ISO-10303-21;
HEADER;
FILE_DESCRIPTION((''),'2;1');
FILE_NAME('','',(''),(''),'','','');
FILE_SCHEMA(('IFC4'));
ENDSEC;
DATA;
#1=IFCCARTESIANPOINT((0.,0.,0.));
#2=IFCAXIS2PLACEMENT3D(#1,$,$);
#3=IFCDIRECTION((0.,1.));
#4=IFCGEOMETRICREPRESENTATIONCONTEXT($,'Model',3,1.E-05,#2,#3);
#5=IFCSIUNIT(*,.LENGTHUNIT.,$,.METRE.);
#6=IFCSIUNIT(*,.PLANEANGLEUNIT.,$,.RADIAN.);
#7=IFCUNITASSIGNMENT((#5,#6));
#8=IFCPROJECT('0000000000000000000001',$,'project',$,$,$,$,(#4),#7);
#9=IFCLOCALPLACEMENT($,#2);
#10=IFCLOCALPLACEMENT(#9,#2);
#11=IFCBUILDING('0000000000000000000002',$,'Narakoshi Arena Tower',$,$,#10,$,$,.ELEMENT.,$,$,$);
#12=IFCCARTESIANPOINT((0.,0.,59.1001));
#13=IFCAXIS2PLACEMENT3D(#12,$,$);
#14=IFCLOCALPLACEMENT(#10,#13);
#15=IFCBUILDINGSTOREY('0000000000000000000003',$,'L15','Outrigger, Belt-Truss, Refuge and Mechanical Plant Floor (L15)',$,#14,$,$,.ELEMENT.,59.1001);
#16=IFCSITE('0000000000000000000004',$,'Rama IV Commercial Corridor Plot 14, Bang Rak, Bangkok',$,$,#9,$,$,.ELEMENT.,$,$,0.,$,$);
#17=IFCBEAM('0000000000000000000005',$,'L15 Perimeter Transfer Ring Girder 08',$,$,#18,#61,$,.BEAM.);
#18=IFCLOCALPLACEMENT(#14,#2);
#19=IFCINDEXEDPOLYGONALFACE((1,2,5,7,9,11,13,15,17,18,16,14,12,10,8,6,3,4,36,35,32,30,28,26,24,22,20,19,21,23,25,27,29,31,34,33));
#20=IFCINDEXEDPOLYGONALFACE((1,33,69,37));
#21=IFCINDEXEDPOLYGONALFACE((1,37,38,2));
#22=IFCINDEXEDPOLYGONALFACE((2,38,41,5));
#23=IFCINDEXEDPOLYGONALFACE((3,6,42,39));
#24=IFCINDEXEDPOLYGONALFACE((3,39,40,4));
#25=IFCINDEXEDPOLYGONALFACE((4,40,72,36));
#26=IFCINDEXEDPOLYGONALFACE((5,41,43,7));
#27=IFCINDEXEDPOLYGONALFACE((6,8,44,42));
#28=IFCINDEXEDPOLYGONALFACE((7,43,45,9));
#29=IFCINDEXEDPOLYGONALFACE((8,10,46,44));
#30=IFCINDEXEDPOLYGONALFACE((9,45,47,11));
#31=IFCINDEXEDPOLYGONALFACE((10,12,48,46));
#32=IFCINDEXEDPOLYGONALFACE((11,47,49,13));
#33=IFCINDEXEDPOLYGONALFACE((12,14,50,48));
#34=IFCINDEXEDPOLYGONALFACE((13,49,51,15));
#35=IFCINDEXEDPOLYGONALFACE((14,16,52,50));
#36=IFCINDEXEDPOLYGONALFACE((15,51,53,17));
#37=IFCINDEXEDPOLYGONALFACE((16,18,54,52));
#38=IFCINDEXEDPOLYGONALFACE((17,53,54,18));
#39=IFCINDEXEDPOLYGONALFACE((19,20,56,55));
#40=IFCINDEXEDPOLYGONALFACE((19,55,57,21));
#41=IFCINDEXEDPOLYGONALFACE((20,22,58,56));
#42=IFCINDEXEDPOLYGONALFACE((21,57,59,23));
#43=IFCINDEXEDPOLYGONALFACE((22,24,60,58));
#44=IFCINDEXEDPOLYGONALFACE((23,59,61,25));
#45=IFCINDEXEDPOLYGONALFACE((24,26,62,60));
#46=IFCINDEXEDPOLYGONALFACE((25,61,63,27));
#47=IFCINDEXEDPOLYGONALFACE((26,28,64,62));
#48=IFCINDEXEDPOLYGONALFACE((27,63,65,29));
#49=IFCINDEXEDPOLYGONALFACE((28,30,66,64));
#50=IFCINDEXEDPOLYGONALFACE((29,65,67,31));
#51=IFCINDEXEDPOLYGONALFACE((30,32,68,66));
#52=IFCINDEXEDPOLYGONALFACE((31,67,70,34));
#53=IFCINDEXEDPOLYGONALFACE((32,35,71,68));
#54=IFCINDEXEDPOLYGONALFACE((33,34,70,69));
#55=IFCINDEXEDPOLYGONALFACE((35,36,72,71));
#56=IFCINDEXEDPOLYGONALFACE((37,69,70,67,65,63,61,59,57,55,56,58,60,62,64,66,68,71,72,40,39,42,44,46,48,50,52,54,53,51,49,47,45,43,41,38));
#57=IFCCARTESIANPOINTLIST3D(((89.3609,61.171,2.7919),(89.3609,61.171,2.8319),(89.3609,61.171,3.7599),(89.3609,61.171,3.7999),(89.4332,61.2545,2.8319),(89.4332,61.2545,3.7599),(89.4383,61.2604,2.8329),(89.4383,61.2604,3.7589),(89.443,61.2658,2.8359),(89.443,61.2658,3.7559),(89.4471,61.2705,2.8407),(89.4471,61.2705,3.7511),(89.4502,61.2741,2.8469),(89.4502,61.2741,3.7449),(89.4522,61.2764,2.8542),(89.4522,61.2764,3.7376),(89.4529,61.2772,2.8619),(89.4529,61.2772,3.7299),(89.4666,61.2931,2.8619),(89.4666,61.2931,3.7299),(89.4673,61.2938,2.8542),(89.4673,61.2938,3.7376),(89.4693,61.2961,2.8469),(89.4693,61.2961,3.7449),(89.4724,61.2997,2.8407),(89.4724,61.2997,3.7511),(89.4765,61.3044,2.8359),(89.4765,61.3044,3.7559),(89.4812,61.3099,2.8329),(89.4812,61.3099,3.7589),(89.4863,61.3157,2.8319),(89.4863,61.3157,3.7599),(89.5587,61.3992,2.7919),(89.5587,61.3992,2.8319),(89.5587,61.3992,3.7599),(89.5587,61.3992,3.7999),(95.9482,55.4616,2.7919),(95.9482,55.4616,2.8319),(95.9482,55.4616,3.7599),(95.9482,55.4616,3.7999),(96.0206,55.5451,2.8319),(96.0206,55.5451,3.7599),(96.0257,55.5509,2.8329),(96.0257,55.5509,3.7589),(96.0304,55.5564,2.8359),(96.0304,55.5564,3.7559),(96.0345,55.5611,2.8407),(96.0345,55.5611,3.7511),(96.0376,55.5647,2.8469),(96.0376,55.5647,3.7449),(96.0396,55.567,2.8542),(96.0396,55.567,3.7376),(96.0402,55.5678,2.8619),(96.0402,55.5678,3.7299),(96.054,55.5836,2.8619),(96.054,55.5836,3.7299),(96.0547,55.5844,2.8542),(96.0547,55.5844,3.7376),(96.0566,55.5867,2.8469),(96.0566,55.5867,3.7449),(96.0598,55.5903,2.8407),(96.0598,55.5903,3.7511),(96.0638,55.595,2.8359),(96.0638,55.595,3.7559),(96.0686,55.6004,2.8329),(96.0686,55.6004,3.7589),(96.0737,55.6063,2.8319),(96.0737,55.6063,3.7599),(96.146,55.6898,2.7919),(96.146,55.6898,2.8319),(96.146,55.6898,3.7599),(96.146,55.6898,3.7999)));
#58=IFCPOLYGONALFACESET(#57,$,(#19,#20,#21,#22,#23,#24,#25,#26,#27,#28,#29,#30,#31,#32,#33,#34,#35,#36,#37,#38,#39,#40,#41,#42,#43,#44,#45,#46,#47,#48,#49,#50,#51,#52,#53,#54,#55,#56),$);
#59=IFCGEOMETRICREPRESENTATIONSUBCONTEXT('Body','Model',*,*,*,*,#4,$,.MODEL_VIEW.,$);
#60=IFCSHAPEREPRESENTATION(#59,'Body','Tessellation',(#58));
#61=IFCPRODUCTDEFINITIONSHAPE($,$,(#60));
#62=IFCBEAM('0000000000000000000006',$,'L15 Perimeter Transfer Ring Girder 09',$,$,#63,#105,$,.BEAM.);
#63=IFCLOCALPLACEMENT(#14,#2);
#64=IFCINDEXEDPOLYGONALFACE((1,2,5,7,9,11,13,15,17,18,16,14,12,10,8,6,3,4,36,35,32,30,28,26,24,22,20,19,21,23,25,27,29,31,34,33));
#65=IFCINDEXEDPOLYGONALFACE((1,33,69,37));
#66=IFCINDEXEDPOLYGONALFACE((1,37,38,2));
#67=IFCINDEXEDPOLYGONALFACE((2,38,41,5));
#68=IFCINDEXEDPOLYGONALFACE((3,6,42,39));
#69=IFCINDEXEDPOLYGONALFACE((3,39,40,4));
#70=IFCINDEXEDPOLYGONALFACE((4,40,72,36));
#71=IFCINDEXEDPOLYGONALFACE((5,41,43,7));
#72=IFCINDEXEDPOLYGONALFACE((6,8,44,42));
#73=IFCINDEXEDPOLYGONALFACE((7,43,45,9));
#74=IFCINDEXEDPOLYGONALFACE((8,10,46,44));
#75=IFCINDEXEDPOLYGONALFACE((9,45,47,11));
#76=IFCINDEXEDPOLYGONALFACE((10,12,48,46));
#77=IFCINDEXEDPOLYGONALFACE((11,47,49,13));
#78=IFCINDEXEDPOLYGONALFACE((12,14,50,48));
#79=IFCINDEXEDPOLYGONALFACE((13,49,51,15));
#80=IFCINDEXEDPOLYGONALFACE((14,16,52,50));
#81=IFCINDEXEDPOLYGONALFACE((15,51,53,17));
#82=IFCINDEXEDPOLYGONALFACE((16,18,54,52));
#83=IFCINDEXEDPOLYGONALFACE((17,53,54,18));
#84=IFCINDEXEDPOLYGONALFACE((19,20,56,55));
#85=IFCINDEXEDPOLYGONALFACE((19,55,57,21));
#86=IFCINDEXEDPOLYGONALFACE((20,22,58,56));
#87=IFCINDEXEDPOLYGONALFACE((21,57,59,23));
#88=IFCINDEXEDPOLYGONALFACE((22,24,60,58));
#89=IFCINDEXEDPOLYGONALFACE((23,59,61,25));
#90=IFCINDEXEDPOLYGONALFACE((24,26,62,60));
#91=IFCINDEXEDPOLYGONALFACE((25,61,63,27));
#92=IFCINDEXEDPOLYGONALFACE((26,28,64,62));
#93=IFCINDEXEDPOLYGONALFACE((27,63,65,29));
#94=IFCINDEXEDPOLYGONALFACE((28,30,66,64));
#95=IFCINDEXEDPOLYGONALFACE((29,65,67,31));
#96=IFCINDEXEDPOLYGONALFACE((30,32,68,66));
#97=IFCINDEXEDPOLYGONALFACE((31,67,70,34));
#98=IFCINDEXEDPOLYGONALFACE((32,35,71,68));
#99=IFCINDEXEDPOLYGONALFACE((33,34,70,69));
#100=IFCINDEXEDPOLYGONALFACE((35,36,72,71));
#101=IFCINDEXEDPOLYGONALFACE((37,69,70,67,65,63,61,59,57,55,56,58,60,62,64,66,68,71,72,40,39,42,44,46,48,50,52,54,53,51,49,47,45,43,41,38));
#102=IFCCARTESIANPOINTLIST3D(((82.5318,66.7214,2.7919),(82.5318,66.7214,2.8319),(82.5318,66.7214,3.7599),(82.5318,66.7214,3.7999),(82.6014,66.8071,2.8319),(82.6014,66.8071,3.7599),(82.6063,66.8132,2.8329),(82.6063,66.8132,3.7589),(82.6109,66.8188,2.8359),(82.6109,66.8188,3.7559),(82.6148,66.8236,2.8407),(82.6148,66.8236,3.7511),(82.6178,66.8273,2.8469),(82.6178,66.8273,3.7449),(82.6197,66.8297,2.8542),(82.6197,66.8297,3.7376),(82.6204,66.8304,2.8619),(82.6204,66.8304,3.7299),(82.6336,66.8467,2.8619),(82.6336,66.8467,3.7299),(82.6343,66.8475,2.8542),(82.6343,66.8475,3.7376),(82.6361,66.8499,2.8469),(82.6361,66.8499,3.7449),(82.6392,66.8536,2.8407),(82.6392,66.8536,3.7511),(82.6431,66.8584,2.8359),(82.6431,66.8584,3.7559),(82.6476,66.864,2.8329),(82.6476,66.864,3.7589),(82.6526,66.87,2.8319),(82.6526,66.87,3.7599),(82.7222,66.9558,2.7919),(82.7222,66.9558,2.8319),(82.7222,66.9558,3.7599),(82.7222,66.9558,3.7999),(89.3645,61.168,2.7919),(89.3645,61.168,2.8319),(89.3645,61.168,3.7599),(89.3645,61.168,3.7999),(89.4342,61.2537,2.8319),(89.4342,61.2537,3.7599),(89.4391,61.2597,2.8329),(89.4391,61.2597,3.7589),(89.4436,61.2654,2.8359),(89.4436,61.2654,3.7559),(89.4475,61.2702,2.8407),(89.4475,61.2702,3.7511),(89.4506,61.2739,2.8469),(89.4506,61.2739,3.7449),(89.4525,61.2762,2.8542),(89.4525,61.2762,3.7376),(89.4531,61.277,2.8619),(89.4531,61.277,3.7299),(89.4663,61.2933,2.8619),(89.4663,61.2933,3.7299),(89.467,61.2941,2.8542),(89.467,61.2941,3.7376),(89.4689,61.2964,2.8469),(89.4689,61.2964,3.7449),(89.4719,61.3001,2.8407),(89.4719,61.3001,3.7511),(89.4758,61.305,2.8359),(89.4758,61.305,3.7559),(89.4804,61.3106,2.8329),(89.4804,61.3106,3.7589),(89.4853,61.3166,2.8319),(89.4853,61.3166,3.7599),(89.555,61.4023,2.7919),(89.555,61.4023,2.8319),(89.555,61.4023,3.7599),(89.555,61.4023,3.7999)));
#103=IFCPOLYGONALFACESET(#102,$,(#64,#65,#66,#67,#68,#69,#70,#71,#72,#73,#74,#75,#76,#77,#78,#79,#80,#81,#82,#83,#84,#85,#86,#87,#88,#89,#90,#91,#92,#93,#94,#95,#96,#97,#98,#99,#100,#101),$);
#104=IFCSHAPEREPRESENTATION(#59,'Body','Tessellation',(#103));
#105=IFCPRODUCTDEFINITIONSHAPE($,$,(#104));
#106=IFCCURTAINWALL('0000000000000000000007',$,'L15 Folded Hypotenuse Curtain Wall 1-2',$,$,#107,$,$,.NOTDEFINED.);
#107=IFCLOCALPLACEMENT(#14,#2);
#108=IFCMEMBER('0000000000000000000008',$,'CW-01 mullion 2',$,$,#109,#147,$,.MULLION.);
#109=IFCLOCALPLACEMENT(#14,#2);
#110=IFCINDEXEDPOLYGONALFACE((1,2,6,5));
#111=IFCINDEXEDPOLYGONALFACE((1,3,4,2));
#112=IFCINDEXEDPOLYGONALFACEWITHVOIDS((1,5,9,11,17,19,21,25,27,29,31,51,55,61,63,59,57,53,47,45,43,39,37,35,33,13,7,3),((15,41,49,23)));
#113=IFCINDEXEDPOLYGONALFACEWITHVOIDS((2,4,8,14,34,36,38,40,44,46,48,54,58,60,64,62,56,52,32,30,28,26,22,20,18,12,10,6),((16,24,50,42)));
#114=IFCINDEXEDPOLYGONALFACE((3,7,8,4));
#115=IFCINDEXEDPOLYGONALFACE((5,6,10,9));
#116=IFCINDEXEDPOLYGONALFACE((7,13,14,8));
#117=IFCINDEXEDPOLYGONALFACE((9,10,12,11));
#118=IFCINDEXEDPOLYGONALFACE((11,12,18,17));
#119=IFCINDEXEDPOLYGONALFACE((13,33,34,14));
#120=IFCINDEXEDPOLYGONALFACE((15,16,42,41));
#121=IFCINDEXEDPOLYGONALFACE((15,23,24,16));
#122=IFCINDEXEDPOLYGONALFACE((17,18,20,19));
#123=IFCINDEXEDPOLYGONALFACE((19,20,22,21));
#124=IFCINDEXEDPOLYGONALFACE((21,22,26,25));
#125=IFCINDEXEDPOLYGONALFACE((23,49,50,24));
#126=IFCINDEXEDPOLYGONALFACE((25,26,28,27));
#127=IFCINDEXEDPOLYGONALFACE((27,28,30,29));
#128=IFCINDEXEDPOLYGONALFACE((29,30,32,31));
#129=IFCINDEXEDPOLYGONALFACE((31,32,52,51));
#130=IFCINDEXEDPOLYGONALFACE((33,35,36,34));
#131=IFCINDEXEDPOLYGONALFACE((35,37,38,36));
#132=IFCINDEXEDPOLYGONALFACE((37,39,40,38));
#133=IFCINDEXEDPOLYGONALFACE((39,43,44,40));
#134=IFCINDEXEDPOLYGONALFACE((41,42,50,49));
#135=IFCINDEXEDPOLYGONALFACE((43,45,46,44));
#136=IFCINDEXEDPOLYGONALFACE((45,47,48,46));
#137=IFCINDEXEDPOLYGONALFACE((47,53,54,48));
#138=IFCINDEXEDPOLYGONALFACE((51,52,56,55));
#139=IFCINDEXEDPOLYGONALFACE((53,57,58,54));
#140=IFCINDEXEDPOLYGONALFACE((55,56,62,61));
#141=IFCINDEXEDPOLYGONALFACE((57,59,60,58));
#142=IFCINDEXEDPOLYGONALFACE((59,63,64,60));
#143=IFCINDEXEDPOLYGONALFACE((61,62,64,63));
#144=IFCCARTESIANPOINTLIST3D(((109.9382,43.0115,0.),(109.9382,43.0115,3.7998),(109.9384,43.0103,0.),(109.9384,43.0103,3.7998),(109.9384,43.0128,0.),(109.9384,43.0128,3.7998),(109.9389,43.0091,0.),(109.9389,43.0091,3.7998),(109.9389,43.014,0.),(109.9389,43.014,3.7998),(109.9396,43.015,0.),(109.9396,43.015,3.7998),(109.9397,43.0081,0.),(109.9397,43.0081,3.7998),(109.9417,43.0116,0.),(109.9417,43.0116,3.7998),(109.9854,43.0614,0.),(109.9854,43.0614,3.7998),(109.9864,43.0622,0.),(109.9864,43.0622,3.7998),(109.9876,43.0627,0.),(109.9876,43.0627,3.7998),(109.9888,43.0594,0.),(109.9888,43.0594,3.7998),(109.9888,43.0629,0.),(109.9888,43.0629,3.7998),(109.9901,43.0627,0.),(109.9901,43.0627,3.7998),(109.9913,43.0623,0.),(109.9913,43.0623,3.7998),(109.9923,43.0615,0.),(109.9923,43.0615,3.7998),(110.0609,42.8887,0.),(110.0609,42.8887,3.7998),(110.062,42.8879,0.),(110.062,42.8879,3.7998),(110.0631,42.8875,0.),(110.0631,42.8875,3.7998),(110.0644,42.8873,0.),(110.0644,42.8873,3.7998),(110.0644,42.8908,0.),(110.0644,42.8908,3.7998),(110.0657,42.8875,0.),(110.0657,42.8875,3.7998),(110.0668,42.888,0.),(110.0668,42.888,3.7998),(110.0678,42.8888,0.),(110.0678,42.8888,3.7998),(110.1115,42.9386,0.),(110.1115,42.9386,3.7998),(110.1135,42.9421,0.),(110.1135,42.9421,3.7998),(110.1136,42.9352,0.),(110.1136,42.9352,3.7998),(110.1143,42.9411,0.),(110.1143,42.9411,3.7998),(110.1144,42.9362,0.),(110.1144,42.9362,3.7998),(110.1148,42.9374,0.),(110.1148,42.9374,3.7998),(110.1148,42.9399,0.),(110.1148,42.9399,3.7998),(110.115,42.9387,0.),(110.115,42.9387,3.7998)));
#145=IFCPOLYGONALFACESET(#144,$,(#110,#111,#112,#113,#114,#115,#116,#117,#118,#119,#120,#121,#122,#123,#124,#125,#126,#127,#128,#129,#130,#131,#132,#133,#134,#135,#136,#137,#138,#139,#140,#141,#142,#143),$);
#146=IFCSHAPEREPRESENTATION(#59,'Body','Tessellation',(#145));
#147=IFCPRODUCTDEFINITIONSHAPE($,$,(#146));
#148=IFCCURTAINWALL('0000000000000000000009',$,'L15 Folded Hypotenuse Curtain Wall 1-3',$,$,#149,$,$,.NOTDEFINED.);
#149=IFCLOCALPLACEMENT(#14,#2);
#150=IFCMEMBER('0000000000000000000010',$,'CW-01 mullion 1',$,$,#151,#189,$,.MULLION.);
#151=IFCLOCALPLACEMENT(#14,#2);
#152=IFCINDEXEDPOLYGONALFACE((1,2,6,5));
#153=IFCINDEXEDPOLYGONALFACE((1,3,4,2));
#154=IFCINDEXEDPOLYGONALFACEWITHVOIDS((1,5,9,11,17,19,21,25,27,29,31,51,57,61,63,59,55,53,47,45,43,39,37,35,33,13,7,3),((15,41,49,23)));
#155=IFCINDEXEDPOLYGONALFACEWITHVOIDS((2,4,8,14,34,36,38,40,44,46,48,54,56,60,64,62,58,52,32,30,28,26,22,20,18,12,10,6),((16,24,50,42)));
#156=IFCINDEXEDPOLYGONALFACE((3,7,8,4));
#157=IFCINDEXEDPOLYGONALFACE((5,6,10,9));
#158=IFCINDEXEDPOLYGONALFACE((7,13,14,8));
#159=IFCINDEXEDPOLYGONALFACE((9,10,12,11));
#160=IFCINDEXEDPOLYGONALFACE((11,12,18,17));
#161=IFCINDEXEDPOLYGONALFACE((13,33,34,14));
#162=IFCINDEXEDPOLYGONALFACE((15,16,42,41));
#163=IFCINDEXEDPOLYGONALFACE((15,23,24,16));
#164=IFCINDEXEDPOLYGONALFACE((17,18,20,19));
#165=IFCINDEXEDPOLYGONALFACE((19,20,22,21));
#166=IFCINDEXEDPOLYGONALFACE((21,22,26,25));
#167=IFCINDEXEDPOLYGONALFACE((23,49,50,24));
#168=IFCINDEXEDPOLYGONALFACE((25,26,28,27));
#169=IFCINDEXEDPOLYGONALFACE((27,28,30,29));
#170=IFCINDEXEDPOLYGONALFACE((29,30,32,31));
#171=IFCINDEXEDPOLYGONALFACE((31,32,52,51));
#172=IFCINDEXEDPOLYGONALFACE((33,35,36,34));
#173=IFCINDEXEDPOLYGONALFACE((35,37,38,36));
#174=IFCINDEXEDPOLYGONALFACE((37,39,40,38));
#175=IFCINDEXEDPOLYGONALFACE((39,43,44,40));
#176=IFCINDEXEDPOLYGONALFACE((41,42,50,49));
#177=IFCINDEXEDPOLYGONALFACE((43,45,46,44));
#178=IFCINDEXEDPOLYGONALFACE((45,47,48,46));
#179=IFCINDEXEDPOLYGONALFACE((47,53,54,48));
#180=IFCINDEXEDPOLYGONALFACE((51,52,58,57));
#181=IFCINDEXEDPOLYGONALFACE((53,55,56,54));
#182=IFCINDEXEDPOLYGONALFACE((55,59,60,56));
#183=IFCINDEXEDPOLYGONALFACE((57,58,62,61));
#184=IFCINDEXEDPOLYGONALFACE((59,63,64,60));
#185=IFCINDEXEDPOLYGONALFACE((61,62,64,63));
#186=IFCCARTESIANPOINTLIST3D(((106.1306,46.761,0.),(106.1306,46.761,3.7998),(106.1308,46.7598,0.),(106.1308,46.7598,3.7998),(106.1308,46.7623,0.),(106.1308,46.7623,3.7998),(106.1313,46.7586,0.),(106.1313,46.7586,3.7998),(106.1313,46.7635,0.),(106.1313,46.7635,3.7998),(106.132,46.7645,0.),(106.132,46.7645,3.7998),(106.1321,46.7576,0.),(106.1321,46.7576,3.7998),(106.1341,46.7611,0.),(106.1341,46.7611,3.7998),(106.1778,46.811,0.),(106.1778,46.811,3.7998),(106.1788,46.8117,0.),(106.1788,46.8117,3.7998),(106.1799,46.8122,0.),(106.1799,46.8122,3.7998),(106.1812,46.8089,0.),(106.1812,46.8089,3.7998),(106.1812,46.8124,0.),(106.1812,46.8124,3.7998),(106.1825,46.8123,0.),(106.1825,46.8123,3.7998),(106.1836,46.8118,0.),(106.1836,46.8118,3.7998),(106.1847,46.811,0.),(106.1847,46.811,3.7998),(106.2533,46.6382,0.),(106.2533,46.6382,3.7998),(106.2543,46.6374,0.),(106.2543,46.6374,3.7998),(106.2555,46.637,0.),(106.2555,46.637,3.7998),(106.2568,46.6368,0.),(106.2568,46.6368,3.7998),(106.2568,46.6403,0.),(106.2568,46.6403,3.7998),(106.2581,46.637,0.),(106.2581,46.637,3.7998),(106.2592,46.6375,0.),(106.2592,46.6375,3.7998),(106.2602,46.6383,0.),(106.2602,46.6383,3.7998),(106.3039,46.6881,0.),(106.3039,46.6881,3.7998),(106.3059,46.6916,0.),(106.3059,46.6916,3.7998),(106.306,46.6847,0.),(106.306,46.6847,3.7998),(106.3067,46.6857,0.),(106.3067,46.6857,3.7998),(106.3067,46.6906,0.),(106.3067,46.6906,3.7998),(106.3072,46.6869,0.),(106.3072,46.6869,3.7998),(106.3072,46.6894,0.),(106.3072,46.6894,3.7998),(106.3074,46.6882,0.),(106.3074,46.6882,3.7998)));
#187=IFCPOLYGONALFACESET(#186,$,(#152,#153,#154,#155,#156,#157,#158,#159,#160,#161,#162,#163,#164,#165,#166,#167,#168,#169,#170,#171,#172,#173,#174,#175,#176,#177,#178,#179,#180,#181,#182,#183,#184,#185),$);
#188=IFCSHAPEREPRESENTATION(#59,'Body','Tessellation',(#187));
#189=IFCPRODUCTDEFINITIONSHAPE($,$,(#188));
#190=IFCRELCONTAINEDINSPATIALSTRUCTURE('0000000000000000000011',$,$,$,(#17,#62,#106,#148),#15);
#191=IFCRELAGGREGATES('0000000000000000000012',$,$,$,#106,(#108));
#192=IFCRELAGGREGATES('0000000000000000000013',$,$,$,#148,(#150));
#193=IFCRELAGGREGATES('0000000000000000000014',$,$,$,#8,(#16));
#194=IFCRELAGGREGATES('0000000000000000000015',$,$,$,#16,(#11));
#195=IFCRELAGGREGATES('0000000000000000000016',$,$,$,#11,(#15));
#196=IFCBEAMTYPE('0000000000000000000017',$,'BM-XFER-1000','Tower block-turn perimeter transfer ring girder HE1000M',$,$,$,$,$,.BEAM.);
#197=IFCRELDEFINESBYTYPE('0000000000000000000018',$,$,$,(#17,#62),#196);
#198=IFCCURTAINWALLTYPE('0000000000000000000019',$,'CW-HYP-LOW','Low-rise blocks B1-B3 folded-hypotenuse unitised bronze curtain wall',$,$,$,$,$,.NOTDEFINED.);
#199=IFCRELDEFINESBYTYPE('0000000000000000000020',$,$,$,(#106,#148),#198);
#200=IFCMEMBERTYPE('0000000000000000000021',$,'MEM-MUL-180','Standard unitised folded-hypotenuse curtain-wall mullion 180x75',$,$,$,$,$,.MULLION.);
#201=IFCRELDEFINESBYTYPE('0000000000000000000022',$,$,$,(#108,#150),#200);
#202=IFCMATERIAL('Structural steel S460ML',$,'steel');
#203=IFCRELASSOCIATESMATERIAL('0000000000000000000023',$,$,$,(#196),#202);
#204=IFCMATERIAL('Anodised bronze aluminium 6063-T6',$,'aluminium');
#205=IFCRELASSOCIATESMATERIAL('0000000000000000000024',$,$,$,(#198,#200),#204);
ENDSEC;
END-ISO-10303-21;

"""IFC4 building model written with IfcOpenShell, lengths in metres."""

from ifc_helpers import new_model, si_unit, direction, frame, origin, origin_2d, place, context, subcontext, project, spatial, hollow_rectangle, i_section, extrude, material, material_profile, profile_set, type_object, element, aggregate, save


model = new_model("IFC4")

# Units and contexts
model_context = context("Model", 3, precision=1e-05, world=origin(), true_north=direction((0.0, 1.0)))
body_context = subcontext(model_context, "Body", "Model", "MODEL_VIEW")
ifc_project = project(units=[si_unit("LENGTHUNIT", "METRE"), si_unit("PLANEANGLEUNIT", "RADIAN")], contexts=[model_context])

# Site, building, storey
site_placement = place(None, origin())
site = spatial("IfcSite", under=ifc_project, at=site_placement, Name="Rama IV Commercial Corridor Plot 14, Bang Rak, Bangkok", CompositionType="ELEMENT", RefElevation=0.0)
building_placement = place(site_placement, origin())
building = spatial("IfcBuilding", under=site, at=building_placement, Name="Narakoshi Arena Tower", CompositionType="ELEMENT")
storey_placement = place(building_placement, frame((0.0, 0.0, 59.1001)))
storey = spatial("IfcBuildingStorey", under=building, at=storey_placement, Name="L15", Description="Outrigger, Belt-Truss, Refuge and Mechanical Plant Floor (L15)", CompositionType="ELEMENT", Elevation=59.1001)

# Shared definitions
ifc_material_1 = material(Name="Structural steel S460ML", Category="steel")

# Beams
ifc_material_profile_1 = material_profile(ifc_material_1, i_section(OverallWidth=0.302, OverallDepth=1.0081, WebThickness=0.021, FlangeThickness=0.04, FilletRadius=0.03, at=origin_2d()), Name="HE1000M")
ifc_profile_set_1 = profile_set([ifc_material_profile_1], Name="Structural steel S460ML")
beam_type_1 = type_object("IfcBeamType", Name="BM-XFER-1000", Description="Tower block-turn perimeter transfer ring girder HE1000M", PredefinedType="BEAM", material=ifc_profile_set_1)
beam_1_placement = place(storey_placement, frame((96.0471, 55.5757, 3.2959), z_axis=(-0.755667, 0.654956, 0.0), x_axis=(-0.654956, -0.755667, 0.0)))
element("IfcBeam", 1, at=beam_1_placement, inside=storey, type_object=beam_type_1, Name="L15 Perimeter Transfer Ring Girder 08", PredefinedType="BEAM", context=body_context, shape_type="SweptSolid", body=[
    extrude(i_section(OverallWidth=0.302, OverallDepth=1.0081, WebThickness=0.021, FlangeThickness=0.04, FilletRadius=0.03, at=origin_2d()), origin(), (0.0, 0.0, 1.0), 8.7173),
])
beam_2_placement = place(storey_placement, frame((89.4597, 61.2852, 3.2959), z_axis=(-0.776011, 0.630719, 0.0), x_axis=(-0.630719, -0.776011, 0.0)))
element("IfcBeam", 2, at=beam_2_placement, inside=storey, type_object=beam_type_1, Name="L15 Perimeter Transfer Ring Girder 09", PredefinedType="BEAM", context=body_context, shape_type="SweptSolid", body=[
    extrude(i_section(OverallWidth=0.302, OverallDepth=1.0081, WebThickness=0.021, FlangeThickness=0.04, FilletRadius=0.03, at=origin_2d()), origin(), (0.0, 0.0, 1.0), 8.8049),
])

# Curtain wall, member
ifc_material_2 = material(Name="Anodised bronze aluminium 6063-T6", Category="aluminium")
curtain_wall_type = type_object("IfcCurtainWallType", Name="CW-HYP-LOW", Description="Low-rise blocks B1-B3 folded-hypotenuse unitised bronze curtain wall", PredefinedType="NOTDEFINED", material=ifc_material_2)
curtain_wall_1_placement = place(storey_placement, origin())
curtain_wall_1 = element("IfcCurtainWall", 3, at=curtain_wall_1_placement, inside=storey, type_object=curtain_wall_type, Name="L15 Folded Hypotenuse Curtain Wall 1-2", PredefinedType="NOTDEFINED")
ifc_material_profile_2 = material_profile(ifc_material_2, hollow_rectangle(XDim=0.075, YDim=0.1799, WallThickness=0.0039, OuterFilletRadius=0.0049, at=origin_2d()), Name="MUL180x75x4")
ifc_profile_set_2 = profile_set([ifc_material_profile_2], Name="Anodised bronze aluminium 6063-T6")
member_type_1 = type_object("IfcMemberType", Name="MEM-MUL-180", Description="Standard unitised folded-hypotenuse curtain-wall mullion 180x75", PredefinedType="MULLION", material=ifc_profile_set_2)
member_1_placement = place(storey_placement, frame((110.0266, 42.9751, 0.0), z_axis=(0.0, 0.0, 1.0), x_axis=(-0.701639, -0.712533, 0.0)))
member_1 = element("IfcMember", 4, at=member_1_placement, type_object=member_type_1, Name="CW-01 mullion 2", PredefinedType="MULLION", context=body_context, shape_type="SweptSolid", body=[
    extrude(hollow_rectangle(XDim=0.075, YDim=0.1799, WallThickness=0.0039, OuterFilletRadius=0.0049, at=origin_2d()), origin(), (0.0, 0.0, 1.0), 3.7998),
])

# Curtain wall, member
curtain_wall_2_placement = place(storey_placement, origin())
curtain_wall_2 = element("IfcCurtainWall", 5, at=curtain_wall_2_placement, inside=storey, type_object=curtain_wall_type, Name="L15 Folded Hypotenuse Curtain Wall 1-3", PredefinedType="NOTDEFINED")
member_2_placement = place(storey_placement, frame((106.219, 46.7246, 0.0), z_axis=(0.0, 0.0, 1.0), x_axis=(-0.701624, -0.712547, 0.0)))
member_2 = element("IfcMember", 6, at=member_2_placement, type_object=member_type_1, Name="CW-01 mullion 1", PredefinedType="MULLION", context=body_context, shape_type="SweptSolid", body=[
    extrude(hollow_rectangle(XDim=0.075, YDim=0.1799, WallThickness=0.0039, OuterFilletRadius=0.0049, at=origin_2d()), origin(), (0.0, 0.0, 1.0), 3.7998),
])

aggregate(curtain_wall_1, [member_1])
aggregate(curtain_wall_2, [member_2])

save(model, "model.ifc")
